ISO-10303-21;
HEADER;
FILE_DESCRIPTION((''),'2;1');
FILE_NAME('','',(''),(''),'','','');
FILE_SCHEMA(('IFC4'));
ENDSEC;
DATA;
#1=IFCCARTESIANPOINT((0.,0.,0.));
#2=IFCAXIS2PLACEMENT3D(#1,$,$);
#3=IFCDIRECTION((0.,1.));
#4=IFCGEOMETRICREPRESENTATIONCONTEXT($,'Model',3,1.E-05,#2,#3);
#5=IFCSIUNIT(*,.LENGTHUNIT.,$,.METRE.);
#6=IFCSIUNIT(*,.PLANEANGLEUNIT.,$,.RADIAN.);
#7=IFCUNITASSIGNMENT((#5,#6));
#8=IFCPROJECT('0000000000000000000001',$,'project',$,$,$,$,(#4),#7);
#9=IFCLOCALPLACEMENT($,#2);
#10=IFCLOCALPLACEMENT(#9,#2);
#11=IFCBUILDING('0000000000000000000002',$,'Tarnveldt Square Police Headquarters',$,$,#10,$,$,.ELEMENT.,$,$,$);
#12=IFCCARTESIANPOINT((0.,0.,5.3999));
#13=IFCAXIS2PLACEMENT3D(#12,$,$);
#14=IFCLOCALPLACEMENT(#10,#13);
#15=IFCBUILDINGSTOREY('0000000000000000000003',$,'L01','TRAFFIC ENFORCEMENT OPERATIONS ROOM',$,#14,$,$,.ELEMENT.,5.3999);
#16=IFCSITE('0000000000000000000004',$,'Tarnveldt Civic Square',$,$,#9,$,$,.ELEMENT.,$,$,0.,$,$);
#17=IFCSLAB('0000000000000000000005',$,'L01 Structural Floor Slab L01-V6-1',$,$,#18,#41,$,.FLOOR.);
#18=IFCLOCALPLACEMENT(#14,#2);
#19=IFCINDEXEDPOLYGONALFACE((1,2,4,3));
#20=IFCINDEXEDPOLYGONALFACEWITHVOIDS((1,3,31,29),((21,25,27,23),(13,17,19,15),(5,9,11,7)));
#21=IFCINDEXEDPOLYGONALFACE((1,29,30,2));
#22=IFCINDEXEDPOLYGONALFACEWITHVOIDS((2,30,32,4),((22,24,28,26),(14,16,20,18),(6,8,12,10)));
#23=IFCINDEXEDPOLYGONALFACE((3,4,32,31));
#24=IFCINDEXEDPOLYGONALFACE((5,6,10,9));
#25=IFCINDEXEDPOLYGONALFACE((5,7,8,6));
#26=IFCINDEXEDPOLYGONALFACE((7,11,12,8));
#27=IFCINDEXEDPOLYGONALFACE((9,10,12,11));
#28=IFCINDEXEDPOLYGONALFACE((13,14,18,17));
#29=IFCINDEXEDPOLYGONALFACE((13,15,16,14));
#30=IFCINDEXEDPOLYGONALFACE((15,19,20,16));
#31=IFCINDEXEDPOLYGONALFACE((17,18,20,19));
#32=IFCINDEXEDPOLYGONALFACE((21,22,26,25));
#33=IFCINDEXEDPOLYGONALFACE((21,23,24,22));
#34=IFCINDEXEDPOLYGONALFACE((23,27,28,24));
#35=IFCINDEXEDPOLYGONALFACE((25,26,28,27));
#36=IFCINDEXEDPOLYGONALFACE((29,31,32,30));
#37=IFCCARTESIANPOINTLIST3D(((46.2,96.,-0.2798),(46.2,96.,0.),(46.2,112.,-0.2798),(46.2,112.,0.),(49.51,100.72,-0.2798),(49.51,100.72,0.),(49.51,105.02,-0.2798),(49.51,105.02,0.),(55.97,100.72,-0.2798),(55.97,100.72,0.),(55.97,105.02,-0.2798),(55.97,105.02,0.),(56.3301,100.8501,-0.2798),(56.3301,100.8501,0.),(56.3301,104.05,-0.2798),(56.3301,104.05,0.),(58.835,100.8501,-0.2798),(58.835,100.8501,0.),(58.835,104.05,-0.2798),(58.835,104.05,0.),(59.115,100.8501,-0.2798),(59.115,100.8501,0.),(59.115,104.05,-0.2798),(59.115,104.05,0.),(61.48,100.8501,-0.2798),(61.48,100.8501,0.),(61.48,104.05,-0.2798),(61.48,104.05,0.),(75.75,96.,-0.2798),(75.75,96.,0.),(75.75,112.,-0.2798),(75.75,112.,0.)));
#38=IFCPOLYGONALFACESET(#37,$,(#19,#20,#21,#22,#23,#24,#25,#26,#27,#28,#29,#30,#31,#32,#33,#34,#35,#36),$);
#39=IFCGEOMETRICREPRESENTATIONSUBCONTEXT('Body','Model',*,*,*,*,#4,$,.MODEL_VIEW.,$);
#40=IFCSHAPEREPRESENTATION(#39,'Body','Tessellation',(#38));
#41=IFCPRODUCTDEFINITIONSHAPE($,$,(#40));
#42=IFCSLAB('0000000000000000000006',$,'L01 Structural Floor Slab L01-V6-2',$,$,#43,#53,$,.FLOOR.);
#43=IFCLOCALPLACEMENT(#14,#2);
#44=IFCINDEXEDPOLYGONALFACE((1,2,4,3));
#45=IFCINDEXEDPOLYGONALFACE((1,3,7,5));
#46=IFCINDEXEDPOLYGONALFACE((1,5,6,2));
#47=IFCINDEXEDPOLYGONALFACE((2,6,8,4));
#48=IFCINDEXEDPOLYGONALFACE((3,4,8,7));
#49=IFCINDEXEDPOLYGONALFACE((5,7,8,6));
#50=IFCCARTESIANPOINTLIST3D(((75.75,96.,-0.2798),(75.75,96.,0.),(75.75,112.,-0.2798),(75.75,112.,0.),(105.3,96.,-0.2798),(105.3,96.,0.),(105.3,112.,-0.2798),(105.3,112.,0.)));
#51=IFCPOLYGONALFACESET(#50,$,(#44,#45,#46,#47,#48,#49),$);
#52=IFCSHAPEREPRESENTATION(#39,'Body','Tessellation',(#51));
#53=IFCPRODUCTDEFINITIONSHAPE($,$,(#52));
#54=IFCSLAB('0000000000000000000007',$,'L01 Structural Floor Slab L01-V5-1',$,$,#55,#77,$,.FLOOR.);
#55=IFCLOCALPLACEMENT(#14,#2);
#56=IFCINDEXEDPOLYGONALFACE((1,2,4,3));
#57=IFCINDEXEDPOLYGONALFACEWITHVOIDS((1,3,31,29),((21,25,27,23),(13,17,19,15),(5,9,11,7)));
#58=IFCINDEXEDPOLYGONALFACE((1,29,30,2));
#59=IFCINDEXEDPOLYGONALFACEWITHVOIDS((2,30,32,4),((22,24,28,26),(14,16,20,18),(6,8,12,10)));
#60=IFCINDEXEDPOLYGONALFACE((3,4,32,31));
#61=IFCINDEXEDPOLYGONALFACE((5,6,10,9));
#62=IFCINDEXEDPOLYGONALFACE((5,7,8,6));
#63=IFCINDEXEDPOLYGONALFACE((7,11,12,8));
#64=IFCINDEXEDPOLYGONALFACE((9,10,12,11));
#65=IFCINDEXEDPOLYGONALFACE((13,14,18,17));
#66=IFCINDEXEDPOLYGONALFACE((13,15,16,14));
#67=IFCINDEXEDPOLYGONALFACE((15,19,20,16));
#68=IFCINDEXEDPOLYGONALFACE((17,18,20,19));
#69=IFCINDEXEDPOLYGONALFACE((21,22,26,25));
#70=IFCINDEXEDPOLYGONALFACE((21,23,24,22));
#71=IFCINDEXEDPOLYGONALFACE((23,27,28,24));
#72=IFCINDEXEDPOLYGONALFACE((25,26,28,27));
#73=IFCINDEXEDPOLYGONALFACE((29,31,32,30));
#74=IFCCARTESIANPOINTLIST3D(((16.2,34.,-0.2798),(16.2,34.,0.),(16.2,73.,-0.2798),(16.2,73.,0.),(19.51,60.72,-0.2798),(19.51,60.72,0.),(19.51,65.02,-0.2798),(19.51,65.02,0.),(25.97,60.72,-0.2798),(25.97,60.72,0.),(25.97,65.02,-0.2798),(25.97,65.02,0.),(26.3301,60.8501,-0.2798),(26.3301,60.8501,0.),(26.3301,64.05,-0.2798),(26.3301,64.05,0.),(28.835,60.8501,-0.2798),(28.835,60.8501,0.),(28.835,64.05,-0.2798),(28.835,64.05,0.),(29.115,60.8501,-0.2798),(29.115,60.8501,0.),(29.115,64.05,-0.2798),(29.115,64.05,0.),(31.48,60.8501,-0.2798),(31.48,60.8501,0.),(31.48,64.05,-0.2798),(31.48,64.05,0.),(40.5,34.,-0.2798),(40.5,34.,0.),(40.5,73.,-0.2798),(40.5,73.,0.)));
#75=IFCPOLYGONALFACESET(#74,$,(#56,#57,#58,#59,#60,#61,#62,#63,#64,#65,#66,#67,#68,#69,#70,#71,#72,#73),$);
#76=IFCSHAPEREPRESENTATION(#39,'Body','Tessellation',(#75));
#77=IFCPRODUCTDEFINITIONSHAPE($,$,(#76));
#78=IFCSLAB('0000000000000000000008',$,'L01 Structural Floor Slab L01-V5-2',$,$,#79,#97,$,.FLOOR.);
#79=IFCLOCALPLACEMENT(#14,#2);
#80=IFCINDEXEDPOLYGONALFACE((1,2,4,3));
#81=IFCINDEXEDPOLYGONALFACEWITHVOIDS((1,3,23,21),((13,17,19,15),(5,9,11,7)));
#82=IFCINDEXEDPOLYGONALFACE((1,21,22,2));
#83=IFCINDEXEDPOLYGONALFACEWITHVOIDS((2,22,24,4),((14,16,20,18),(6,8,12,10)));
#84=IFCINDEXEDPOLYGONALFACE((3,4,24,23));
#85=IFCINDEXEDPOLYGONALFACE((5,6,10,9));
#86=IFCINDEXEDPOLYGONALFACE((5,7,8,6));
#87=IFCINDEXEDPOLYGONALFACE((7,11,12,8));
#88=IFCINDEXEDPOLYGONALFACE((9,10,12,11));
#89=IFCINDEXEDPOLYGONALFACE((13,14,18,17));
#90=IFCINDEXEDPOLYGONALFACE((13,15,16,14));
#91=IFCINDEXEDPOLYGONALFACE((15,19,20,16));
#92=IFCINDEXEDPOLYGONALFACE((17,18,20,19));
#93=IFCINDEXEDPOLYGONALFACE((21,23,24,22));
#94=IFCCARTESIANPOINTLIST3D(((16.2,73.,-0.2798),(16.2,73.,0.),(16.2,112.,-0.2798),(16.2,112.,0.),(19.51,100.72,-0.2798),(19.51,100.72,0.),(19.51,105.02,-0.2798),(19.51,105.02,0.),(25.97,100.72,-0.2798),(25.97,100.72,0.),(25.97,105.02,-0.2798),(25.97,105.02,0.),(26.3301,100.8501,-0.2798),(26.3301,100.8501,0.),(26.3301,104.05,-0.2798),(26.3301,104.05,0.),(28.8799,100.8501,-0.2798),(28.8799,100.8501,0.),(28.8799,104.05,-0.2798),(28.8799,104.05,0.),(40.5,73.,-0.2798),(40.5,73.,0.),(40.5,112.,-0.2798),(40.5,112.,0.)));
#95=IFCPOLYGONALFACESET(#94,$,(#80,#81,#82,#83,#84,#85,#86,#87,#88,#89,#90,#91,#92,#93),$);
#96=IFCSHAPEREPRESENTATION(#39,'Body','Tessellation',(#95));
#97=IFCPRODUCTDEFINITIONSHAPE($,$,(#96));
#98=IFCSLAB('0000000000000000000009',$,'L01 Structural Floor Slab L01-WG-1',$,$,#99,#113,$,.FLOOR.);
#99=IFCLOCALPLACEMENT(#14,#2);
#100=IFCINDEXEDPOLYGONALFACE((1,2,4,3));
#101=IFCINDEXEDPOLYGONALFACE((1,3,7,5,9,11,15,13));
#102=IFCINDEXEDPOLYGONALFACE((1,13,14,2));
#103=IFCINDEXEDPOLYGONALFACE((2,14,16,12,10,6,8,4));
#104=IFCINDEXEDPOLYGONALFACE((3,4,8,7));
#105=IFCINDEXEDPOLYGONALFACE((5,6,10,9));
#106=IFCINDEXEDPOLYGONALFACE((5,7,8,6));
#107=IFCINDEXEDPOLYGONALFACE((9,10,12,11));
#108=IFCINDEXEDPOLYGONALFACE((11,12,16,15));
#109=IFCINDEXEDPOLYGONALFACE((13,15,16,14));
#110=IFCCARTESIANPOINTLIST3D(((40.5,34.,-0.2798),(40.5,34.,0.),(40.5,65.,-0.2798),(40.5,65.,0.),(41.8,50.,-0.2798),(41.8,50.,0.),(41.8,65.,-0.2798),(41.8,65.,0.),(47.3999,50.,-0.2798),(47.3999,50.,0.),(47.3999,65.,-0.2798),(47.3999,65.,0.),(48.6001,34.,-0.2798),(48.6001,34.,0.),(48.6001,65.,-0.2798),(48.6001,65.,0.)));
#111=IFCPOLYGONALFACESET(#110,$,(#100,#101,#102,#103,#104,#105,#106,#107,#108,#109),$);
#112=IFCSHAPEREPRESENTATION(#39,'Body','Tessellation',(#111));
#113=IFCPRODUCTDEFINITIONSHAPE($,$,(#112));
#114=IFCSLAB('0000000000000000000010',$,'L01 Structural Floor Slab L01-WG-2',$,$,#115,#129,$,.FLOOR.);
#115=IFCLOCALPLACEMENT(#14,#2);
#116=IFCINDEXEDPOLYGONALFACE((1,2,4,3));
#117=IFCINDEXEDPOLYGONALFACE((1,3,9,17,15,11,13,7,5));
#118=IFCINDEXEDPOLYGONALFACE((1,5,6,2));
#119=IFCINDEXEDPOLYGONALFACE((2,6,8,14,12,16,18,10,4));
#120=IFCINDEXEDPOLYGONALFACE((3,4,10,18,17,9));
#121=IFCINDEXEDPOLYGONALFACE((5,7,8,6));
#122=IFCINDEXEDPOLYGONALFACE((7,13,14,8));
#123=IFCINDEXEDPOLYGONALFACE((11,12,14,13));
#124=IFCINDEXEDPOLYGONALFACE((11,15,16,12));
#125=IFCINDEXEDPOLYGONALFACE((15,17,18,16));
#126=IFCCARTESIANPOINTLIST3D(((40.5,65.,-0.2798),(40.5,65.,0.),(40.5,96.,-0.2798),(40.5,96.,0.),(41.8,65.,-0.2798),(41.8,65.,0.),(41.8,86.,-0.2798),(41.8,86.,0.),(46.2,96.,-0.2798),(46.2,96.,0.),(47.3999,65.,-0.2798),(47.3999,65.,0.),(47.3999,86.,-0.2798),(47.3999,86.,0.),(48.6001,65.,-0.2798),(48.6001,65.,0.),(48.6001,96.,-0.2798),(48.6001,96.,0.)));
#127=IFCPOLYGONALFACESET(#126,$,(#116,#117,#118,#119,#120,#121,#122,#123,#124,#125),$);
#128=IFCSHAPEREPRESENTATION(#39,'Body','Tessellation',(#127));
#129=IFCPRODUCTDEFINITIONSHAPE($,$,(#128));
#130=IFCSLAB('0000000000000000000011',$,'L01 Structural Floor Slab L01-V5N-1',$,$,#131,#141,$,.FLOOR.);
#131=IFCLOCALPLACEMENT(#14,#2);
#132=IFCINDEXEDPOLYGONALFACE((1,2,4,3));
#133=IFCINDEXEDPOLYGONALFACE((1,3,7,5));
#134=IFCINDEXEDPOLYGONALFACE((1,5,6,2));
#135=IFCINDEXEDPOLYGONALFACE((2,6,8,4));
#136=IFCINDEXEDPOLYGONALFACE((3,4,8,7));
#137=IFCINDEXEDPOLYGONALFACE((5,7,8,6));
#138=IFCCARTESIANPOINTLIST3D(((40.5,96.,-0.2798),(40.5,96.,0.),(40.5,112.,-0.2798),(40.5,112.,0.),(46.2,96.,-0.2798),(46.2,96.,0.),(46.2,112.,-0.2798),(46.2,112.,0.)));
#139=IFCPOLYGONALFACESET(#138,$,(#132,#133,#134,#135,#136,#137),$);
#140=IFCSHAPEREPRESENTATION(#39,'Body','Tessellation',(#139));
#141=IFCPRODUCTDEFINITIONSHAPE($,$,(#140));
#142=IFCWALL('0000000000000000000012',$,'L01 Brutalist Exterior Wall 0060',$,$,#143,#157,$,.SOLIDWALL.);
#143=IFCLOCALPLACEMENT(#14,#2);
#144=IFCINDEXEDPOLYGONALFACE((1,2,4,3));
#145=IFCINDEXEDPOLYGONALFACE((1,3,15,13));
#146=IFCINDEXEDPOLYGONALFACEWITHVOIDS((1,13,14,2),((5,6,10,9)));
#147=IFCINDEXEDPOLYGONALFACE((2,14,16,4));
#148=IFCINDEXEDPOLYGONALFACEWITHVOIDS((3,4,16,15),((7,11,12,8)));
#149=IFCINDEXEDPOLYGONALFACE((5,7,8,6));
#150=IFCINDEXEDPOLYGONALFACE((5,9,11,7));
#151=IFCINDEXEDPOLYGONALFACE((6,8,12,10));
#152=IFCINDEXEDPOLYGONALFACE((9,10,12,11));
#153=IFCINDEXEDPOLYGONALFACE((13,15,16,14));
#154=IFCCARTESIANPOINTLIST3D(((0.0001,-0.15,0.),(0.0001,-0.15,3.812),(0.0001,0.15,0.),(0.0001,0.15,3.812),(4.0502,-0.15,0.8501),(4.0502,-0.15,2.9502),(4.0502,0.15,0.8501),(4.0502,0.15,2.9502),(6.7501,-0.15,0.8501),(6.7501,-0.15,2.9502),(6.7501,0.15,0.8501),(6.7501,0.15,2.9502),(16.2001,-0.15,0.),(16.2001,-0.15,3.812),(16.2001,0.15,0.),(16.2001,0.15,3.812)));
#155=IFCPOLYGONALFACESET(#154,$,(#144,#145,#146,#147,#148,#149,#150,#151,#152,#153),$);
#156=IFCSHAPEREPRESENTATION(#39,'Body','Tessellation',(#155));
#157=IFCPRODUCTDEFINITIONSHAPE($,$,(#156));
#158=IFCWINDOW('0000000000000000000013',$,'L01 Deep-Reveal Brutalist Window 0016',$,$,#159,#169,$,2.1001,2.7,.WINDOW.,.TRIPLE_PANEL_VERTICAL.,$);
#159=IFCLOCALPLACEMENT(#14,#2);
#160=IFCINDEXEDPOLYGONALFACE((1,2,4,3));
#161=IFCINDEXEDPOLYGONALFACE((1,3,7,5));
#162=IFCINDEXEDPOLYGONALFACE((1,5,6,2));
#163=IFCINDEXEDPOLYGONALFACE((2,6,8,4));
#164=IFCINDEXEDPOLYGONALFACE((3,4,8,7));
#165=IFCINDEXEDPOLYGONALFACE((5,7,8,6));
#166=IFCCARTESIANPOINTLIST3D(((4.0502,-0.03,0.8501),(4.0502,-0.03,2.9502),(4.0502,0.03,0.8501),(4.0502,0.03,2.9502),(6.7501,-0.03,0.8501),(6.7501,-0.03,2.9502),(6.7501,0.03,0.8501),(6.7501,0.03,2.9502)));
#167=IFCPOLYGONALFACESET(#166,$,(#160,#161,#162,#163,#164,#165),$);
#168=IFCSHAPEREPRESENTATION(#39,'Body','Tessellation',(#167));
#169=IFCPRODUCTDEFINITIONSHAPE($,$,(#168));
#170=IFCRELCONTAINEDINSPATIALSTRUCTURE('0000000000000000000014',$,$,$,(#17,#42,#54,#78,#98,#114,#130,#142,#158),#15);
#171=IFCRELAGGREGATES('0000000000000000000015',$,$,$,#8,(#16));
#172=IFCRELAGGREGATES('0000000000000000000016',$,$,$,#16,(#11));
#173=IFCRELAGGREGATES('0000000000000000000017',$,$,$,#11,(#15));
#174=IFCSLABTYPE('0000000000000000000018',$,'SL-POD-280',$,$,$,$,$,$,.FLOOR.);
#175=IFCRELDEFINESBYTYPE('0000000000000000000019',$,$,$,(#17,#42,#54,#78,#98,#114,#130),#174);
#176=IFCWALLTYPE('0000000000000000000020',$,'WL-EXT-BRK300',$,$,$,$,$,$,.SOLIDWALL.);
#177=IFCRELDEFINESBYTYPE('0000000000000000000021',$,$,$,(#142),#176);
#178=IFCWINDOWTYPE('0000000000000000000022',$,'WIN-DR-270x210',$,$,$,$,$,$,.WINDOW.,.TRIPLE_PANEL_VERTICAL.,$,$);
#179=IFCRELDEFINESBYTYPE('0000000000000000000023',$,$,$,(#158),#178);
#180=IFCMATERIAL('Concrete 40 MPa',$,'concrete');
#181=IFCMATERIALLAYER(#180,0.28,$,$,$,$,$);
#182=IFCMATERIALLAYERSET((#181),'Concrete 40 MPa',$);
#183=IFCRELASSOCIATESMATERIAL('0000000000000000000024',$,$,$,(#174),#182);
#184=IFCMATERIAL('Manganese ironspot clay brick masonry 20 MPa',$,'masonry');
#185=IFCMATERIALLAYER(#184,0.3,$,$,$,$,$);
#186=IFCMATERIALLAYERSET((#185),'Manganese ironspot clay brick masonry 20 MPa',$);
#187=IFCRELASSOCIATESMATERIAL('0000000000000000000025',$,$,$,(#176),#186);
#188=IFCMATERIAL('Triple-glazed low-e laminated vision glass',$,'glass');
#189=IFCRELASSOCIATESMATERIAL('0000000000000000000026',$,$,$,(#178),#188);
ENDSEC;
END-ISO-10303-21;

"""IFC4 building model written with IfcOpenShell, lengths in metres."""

from ifc_helpers import new_model, si_unit, direction, frame, frame_2d, origin, origin_with_axes, place, context, subcontext, project, spatial, polyline, rectangle, outline, extrude, material, layer, layer_set, type_object, element, fill, save


model = new_model("IFC4")

# Units and contexts
model_context = context("Model", 3, precision=1e-05, world=origin(), true_north=direction((0.0, 1.0)))
body_context = subcontext(model_context, "Body", "Model", "MODEL_VIEW")
ifc_project = project(units=[si_unit("LENGTHUNIT", "METRE"), si_unit("PLANEANGLEUNIT", "RADIAN")], contexts=[model_context])

# Site, building, storey
site_placement = place(None, origin())
site = spatial("IfcSite", under=ifc_project, at=site_placement, Name="Tarnveldt Civic Square", CompositionType="ELEMENT", RefElevation=0.0)
building_placement = place(site_placement, origin())
building = spatial("IfcBuilding", under=site, at=building_placement, Name="Tarnveldt Square Police Headquarters", CompositionType="ELEMENT")
storey_placement = place(building_placement, frame((0.0, 0.0, 5.3999)))
storey = spatial("IfcBuildingStorey", under=building, at=storey_placement, Name="L01", Description="TRAFFIC ENFORCEMENT OPERATIONS ROOM", CompositionType="ELEMENT", Elevation=5.3999)

# Shared definitions
ifc_material_1 = material(Name="Concrete 40 MPa", Category="concrete")

# Slabs
ifc_layer_1 = layer(ifc_material_1, 0.28)
ifc_layer_set_1 = layer_set([ifc_layer_1], Name="Concrete 40 MPa")
slab_type = type_object("IfcSlabType", Name="SL-POD-280", PredefinedType="FLOOR", material=ifc_layer_set_1)
slab_1_placement = place(storey_placement, frame((0.0, 0.0, -0.2798)))
element("IfcSlab", 1, at=slab_1_placement, inside=storey, type_object=slab_type, Name="L01 Structural Floor Slab L01-V6-1", PredefinedType="FLOOR", context=body_context, shape_type="SweptSolid", body=[
    extrude(outline(polyline([(75.75, 112.0), (75.75, 96.0), (46.2, 96.0), (46.2, 112.0), (75.75, 112.0)]), holes=[polyline([(56.3301, 104.05), (56.3301, 100.8501), (58.835, 100.8501), (58.835, 104.05), (56.3301, 104.05)]), polyline([(49.51, 105.02), (49.51, 100.72), (55.97, 100.72), (55.97, 105.02), (49.51, 105.02)]), polyline([(61.48, 104.05), (59.115, 104.05), (59.115, 100.8501), (61.48, 100.8501), (61.48, 104.05)])]), origin(), (0.0, 0.0, 1.0), 0.2798),
])
slab_2_placement = place(storey_placement, frame((0.0, 0.0, -0.2798)))
element("IfcSlab", 2, at=slab_2_placement, inside=storey, type_object=slab_type, Name="L01 Structural Floor Slab L01-V6-2", PredefinedType="FLOOR", context=body_context, shape_type="SweptSolid", body=[
    extrude(outline(polyline([(105.3, 112.0), (105.3, 96.0), (75.75, 96.0), (75.75, 112.0), (105.3, 112.0)])), origin(), (0.0, 0.0, 1.0), 0.2798),
])
slab_3_placement = place(storey_placement, frame((0.0, 0.0, -0.2798)))
element("IfcSlab", 3, at=slab_3_placement, inside=storey, type_object=slab_type, Name="L01 Structural Floor Slab L01-V5-1", PredefinedType="FLOOR", context=body_context, shape_type="SweptSolid", body=[
    extrude(outline(polyline([(40.5, 34.0), (16.2, 34.0), (16.2, 73.0), (40.5, 73.0), (40.5, 34.0)]), holes=[polyline([(26.3301, 64.05), (26.3301, 60.8501), (28.835, 60.8501), (28.835, 64.05), (26.3301, 64.05)]), polyline([(29.115, 64.05), (29.115, 60.8501), (31.48, 60.8501), (31.48, 64.05), (29.115, 64.05)]), polyline([(19.51, 65.02), (19.51, 60.72), (25.97, 60.72), (25.97, 65.02), (19.51, 65.02)])]), origin(), (0.0, 0.0, 1.0), 0.2798),
])
slab_4_placement = place(storey_placement, frame((0.0, 0.0, -0.2798)))
element("IfcSlab", 4, at=slab_4_placement, inside=storey, type_object=slab_type, Name="L01 Structural Floor Slab L01-V5-2", PredefinedType="FLOOR", context=body_context, shape_type="SweptSolid", body=[
    extrude(outline(polyline([(40.5, 73.0), (16.2, 73.0), (16.2, 112.0), (40.5, 112.0), (40.5, 73.0)]), holes=[polyline([(26.3301, 104.05), (26.3301, 100.8501), (28.8799, 100.8501), (28.8799, 104.05), (26.3301, 104.05)]), polyline([(19.51, 105.02), (19.51, 100.72), (25.97, 100.72), (25.97, 105.02), (19.51, 105.02)])]), origin(), (0.0, 0.0, 1.0), 0.2798),
])
slab_5_placement = place(storey_placement, frame((0.0, 0.0, -0.2798)))
element("IfcSlab", 5, at=slab_5_placement, inside=storey, type_object=slab_type, Name="L01 Structural Floor Slab L01-WG-1", PredefinedType="FLOOR", context=body_context, shape_type="SweptSolid", body=[
    extrude(outline(polyline([(40.5, 65.0), (41.8, 65.0), (41.8, 50.0), (47.3999, 50.0), (47.3999, 65.0), (48.6001, 65.0), (48.6001, 34.0), (40.5, 34.0), (40.5, 65.0)])), origin(), (0.0, 0.0, 1.0), 0.2798),
])
slab_6_placement = place(storey_placement, frame((0.0, 0.0, -0.2798)))
element("IfcSlab", 6, at=slab_6_placement, inside=storey, type_object=slab_type, Name="L01 Structural Floor Slab L01-WG-2", PredefinedType="FLOOR", context=body_context, shape_type="SweptSolid", body=[
    extrude(outline(polyline([(40.5, 96.0), (46.2, 96.0), (48.6001, 96.0), (48.6001, 65.0), (47.3999, 65.0), (47.3999, 86.0), (41.8, 86.0), (41.8, 65.0), (40.5, 65.0), (40.5, 96.0)])), origin(), (0.0, 0.0, 1.0), 0.2798),
])
slab_7_placement = place(storey_placement, frame((0.0, 0.0, -0.2798)))
element("IfcSlab", 7, at=slab_7_placement, inside=storey, type_object=slab_type, Name="L01 Structural Floor Slab L01-V5N-1", PredefinedType="FLOOR", context=body_context, shape_type="SweptSolid", body=[
    extrude(outline(polyline([(40.5, 96.0), (40.5, 112.0), (46.2, 112.0), (46.2, 96.0), (40.5, 96.0)])), origin(), (0.0, 0.0, 1.0), 0.2798),
])

# Wall, opening, window
ifc_material_2 = material(Name="Manganese ironspot clay brick masonry 20 MPa", Category="masonry")
ifc_layer_2 = layer(ifc_material_2, 0.3)
ifc_layer_set_2 = layer_set([ifc_layer_2], Name="Manganese ironspot clay brick masonry 20 MPa")
wall_type = type_object("IfcWallType", Name="WL-EXT-BRK300", PredefinedType="SOLIDWALL", material=ifc_layer_set_2)
wall_placement = place(storey_placement, origin_with_axes())
wall = element("IfcWall", 8, at=wall_placement, inside=storey, type_object=wall_type, Name="L01 Brutalist Exterior Wall 0060", PredefinedType="SOLIDWALL", context=body_context, shape_type="SweptSolid", body=[
    extrude(rectangle(XDim=16.2, YDim=0.3, at=frame_2d((8.1001, 0.0))), origin(), (0.0, 0.0, 1.0), 3.812),
])
opening_placement = place(wall_placement, frame((4.05, 0.0, 0.8501)))
opening = element("IfcOpeningElement", 9, at=opening_placement, cuts=wall, PredefinedType="OPENING", context=body_context, shape_type="SweptSolid", body=[
    extrude(rectangle(XDim=2.7, YDim=2.1001, at=frame_2d((1.3501, 1.05))), frame((0.0, 0.1599, 0.0), z_axis=(0.0, -1.0, 0.0), x_axis=(1.0, 0.0, 0.0)), (0.0, 0.0, 1.0), 0.3201),
])
ifc_material_3 = material(Name="Triple-glazed low-e laminated vision glass", Category="glass")
window_type = type_object("IfcWindowType", Name="WIN-DR-270x210", PartitioningType="TRIPLE_PANEL_VERTICAL", PredefinedType="WINDOW", material=ifc_material_3)
window_placement = place(opening_placement, origin())
window = element("IfcWindow", 10, at=window_placement, inside=storey, type_object=window_type, Name="L01 Deep-Reveal Brutalist Window 0016", OverallHeight=2.1001, OverallWidth=2.7, PartitioningType="TRIPLE_PANEL_VERTICAL", PredefinedType="WINDOW", context=body_context, shape_type="SweptSolid", body=[
    extrude(rectangle(XDim=2.7, YDim=2.1001, at=frame_2d((1.3501, 1.05))), frame((0.0, 0.03, 0.0), z_axis=(0.0, -1.0, 0.0), x_axis=(1.0, 0.0, 0.0)), (0.0, 0.0, 1.0), 0.0601),
])
fill(opening, window)

save(model, "model.ifc")
